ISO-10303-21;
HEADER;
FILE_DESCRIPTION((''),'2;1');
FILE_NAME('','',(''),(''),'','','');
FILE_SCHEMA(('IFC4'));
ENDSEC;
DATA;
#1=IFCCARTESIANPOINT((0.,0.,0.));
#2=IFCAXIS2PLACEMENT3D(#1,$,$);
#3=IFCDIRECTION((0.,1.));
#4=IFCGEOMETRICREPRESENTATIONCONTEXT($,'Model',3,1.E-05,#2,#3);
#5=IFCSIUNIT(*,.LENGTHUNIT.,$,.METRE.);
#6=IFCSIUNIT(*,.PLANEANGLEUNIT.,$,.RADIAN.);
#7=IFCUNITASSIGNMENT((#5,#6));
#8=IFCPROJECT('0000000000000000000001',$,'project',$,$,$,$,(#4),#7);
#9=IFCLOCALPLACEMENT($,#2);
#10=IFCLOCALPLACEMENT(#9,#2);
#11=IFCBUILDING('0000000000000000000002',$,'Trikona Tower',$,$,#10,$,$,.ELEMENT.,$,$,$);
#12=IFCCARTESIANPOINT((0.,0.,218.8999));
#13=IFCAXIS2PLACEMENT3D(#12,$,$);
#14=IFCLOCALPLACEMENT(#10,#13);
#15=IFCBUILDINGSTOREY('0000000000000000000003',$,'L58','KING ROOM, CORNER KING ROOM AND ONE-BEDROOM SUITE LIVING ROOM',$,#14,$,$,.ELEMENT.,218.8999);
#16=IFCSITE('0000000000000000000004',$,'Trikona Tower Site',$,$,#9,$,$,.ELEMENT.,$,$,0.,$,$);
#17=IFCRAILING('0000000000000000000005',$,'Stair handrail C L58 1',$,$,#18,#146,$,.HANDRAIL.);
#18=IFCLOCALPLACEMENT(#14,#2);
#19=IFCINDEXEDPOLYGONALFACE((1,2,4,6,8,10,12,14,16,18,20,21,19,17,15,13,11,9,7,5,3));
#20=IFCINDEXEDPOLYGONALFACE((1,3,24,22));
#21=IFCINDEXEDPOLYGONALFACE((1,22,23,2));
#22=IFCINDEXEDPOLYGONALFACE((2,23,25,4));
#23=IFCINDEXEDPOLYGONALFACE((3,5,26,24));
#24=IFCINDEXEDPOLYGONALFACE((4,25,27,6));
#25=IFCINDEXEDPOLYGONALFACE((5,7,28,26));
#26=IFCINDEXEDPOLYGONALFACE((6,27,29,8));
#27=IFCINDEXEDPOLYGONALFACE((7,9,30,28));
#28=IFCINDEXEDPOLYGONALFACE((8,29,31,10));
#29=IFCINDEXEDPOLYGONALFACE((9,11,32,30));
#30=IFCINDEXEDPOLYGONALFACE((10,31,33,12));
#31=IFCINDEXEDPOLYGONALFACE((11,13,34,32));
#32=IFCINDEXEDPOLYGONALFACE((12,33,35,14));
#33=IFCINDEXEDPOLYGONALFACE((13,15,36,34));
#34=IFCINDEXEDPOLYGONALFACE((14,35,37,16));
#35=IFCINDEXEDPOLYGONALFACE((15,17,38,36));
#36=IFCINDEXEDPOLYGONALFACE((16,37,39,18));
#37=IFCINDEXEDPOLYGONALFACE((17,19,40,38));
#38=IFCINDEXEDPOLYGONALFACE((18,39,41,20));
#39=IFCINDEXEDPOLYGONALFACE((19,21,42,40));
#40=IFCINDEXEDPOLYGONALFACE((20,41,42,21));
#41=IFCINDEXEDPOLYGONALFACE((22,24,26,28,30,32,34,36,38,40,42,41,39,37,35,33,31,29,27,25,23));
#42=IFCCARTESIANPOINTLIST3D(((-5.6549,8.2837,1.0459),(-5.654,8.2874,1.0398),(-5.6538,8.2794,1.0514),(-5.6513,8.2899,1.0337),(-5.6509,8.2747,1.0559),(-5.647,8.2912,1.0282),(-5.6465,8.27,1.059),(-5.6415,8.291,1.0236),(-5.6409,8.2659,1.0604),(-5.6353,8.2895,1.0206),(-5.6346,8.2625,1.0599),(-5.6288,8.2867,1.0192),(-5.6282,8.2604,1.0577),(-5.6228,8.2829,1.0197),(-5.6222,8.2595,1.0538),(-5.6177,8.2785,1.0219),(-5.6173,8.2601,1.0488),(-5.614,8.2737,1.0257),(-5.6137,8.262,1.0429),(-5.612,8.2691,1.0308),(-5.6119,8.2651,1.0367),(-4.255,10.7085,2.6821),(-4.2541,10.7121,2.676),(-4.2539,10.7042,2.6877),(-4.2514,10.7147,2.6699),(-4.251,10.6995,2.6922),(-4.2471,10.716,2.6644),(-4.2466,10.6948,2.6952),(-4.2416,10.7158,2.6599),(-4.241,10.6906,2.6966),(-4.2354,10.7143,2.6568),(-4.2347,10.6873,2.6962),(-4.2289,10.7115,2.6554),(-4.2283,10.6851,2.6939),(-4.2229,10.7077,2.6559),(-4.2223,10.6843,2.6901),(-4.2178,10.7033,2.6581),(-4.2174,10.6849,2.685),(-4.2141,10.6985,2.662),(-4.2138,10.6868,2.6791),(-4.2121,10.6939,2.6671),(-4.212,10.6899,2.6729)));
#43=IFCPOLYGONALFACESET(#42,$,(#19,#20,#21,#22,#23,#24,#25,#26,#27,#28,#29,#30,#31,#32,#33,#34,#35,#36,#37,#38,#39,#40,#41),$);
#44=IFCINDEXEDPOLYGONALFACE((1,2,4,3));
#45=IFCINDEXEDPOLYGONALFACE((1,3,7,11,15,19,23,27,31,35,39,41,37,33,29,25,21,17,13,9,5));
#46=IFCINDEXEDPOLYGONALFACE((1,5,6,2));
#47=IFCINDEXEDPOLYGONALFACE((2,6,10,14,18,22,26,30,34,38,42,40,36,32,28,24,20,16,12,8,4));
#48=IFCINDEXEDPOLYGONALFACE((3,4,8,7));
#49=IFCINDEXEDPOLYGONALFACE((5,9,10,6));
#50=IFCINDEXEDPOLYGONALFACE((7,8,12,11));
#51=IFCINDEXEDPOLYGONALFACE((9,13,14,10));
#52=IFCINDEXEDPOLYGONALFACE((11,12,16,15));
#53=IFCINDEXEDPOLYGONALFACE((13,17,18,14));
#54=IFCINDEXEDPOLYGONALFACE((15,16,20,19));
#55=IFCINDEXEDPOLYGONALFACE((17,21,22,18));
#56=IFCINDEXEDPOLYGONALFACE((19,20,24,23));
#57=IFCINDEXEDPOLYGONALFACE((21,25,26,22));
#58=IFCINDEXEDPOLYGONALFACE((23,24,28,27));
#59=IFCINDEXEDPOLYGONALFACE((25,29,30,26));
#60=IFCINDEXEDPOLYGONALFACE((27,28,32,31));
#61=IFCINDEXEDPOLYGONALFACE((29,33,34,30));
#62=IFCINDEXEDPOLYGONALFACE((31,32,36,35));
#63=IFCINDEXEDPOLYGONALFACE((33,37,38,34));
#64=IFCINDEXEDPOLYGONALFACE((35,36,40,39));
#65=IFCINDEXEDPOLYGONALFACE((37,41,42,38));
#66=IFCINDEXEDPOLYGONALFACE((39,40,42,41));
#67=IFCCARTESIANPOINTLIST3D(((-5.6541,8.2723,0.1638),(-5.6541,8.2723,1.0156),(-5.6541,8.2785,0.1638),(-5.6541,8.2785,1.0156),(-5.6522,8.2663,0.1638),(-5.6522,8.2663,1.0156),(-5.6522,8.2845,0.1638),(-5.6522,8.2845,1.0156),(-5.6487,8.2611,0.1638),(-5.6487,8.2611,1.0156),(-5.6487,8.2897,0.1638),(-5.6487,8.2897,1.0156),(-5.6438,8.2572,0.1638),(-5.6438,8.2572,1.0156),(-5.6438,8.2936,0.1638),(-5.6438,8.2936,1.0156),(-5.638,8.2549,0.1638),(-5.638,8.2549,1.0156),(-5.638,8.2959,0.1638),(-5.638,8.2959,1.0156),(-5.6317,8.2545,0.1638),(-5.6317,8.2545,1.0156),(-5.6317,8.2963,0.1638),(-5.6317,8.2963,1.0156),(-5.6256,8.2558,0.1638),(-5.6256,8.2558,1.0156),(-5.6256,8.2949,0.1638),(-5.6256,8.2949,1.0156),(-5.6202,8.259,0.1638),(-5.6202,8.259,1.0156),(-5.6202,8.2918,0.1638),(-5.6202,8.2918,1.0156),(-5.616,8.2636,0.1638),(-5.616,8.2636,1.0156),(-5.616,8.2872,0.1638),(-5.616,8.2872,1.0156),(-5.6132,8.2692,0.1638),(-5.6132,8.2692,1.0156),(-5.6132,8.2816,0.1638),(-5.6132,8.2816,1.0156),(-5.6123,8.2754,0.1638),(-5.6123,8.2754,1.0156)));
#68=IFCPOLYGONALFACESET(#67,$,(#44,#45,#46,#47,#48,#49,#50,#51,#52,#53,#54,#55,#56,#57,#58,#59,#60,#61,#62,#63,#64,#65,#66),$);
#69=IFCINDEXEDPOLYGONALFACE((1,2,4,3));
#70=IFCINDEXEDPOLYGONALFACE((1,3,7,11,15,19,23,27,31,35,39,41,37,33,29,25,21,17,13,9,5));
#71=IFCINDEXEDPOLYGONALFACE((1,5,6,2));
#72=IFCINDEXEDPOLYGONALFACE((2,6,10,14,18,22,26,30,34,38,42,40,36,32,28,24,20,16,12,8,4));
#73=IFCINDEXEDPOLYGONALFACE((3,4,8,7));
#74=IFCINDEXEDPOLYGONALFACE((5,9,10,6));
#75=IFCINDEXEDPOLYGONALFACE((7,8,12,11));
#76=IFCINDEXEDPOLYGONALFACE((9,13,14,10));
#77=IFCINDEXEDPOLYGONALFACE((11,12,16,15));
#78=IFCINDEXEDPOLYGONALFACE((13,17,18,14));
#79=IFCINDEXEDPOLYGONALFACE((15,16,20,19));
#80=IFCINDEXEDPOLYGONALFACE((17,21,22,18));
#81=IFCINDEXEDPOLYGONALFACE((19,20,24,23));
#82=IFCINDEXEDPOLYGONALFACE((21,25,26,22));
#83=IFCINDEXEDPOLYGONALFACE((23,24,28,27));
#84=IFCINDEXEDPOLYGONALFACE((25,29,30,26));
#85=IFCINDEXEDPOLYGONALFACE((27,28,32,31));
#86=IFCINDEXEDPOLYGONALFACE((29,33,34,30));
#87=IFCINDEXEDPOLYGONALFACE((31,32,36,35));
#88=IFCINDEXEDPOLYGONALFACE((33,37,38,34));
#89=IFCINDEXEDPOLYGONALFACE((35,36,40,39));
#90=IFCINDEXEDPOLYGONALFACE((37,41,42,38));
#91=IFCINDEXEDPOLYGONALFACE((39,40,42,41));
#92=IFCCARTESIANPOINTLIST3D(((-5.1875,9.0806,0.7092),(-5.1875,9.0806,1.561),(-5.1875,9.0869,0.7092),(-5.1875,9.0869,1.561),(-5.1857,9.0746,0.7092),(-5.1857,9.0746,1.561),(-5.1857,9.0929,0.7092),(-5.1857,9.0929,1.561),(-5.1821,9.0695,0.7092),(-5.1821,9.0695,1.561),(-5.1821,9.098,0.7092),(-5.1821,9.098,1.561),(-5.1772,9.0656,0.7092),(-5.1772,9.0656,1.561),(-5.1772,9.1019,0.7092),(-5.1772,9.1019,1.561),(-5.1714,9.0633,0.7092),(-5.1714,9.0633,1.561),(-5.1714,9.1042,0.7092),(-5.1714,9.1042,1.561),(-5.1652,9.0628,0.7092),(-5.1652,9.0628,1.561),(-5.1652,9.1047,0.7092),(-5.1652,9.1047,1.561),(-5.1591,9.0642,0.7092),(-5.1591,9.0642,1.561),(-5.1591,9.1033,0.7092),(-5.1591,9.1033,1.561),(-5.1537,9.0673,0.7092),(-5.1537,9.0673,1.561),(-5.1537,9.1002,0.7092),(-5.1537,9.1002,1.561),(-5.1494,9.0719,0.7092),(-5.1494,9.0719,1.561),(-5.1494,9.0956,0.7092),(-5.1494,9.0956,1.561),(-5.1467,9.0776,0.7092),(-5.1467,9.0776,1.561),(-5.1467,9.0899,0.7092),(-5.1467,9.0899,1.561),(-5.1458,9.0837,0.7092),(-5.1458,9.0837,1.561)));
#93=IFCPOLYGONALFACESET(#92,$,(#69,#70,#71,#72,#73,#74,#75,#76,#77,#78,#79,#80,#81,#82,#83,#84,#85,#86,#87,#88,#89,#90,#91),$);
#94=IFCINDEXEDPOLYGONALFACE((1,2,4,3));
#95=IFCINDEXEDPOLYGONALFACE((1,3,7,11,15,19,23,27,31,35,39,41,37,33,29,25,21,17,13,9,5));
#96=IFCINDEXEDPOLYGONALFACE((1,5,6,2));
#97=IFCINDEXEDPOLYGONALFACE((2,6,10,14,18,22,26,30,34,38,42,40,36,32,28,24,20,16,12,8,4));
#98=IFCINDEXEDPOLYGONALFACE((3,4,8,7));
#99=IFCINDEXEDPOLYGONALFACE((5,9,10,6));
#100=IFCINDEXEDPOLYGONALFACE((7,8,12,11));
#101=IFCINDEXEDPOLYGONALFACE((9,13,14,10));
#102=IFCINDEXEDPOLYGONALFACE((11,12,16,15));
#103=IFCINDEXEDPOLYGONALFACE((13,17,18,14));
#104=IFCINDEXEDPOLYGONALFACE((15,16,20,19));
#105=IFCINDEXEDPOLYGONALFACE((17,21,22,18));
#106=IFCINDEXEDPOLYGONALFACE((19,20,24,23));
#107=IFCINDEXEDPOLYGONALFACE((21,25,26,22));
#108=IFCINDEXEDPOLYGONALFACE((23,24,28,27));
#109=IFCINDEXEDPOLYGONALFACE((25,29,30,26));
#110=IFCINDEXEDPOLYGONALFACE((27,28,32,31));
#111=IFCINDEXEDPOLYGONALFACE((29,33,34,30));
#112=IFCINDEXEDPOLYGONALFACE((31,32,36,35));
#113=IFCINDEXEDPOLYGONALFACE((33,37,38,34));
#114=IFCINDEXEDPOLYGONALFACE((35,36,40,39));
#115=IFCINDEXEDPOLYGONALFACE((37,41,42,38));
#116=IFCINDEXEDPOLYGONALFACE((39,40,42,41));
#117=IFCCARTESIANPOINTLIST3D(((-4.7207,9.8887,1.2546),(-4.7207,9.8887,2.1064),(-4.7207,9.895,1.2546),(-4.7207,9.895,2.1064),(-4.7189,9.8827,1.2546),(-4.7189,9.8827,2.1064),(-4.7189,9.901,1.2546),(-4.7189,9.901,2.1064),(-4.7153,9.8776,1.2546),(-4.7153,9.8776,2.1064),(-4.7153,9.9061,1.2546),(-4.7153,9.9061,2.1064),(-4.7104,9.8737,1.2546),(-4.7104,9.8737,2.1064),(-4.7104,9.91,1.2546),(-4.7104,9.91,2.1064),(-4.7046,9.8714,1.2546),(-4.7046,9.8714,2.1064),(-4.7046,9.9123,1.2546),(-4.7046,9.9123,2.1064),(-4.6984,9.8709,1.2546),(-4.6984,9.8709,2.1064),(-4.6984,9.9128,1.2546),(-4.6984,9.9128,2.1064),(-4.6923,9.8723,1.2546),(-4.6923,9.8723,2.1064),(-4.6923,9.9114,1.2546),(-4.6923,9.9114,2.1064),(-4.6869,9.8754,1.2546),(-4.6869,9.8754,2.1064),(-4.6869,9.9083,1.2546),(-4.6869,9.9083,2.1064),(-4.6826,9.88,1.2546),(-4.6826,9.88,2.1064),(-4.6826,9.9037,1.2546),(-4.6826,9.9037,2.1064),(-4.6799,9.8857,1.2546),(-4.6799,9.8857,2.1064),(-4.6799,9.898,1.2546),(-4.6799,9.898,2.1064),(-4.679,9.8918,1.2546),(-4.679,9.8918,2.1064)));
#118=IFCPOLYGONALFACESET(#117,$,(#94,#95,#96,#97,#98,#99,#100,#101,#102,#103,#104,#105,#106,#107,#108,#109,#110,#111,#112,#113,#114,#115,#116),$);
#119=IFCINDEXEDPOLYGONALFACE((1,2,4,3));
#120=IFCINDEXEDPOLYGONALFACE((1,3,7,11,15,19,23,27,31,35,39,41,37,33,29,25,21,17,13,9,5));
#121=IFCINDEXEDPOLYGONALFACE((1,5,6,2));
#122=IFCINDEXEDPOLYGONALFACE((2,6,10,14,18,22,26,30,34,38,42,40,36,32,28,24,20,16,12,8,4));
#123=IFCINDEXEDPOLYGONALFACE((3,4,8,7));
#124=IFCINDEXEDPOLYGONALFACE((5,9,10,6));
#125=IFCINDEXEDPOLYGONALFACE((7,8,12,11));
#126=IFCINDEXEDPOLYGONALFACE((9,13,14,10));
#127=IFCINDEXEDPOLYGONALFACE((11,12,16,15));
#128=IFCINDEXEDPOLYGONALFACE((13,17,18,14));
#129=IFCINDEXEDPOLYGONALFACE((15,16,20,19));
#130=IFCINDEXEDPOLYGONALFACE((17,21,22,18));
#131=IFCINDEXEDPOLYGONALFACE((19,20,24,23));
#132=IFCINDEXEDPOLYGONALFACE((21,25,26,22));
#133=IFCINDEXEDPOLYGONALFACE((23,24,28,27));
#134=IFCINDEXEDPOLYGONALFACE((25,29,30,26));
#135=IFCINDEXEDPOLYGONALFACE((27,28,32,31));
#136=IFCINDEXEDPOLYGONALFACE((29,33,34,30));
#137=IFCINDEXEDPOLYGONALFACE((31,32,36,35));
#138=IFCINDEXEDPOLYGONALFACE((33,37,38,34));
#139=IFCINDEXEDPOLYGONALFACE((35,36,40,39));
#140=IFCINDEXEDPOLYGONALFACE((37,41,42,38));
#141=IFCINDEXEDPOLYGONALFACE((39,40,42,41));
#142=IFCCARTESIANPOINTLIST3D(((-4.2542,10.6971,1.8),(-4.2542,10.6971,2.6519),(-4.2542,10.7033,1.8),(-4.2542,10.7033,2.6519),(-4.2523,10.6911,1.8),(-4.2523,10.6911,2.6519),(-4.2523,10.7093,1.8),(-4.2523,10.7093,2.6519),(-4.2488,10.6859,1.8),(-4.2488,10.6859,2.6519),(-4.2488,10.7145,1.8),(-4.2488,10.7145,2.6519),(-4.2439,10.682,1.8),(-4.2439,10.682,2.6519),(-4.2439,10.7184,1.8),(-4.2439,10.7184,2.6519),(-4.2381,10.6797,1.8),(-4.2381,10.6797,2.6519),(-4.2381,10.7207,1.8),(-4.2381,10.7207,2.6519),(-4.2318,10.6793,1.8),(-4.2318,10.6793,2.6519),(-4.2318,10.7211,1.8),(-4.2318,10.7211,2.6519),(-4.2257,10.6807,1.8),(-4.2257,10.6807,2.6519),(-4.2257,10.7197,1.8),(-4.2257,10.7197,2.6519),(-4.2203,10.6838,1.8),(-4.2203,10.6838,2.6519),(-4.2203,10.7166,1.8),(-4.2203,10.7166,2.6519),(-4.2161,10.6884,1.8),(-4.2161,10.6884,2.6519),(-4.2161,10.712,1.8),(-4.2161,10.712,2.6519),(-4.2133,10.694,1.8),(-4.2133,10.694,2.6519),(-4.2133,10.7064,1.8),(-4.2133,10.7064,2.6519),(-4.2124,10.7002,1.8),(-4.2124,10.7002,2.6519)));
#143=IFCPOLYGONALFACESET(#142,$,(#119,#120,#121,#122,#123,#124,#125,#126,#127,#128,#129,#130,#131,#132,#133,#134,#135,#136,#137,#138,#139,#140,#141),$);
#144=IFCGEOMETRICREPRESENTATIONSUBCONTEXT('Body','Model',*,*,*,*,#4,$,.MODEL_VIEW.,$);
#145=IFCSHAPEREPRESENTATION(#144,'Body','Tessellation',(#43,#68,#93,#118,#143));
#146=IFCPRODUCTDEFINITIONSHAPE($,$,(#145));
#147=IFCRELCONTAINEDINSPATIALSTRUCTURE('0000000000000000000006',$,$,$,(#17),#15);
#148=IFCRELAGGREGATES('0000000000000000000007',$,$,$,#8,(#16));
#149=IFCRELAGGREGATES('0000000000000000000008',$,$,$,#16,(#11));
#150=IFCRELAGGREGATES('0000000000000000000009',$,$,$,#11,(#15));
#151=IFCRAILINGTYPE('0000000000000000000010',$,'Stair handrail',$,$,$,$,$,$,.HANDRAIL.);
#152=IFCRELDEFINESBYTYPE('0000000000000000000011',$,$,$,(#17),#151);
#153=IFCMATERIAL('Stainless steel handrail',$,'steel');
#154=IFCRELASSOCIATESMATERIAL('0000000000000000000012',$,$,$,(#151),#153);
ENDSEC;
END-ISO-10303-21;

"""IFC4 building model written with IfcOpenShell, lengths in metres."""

from ifc_helpers import new_model, si_unit, direction, frame, origin, origin_2d, place, context, subcontext, project, spatial, circle, extrude, material, type_object, element, save


model = new_model("IFC4")

# Units and contexts
model_context = context("Model", 3, precision=1e-05, world=origin(), true_north=direction((0.0, 1.0)))
body_context = subcontext(model_context, "Body", "Model", "MODEL_VIEW")
ifc_project = project(units=[si_unit("LENGTHUNIT", "METRE"), si_unit("PLANEANGLEUNIT", "RADIAN")], contexts=[model_context])

# Site, building, storey
site_placement = place(None, origin())
site = spatial("IfcSite", under=ifc_project, at=site_placement, Name="Trikona Tower Site", CompositionType="ELEMENT", RefElevation=0.0)
building_placement = place(site_placement, origin())
building = spatial("IfcBuilding", under=site, at=building_placement, Name="Trikona Tower", CompositionType="ELEMENT")
storey_placement = place(building_placement, frame((0.0, 0.0, 218.8999)))
storey = spatial("IfcBuildingStorey", under=building, at=storey_placement, Name="L58", Description="KING ROOM, CORNER KING ROOM AND ONE-BEDROOM SUITE LIVING ROOM", CompositionType="ELEMENT", Elevation=218.8999)

# Railing
ifc_material_1 = material(Name="Stainless steel handrail", Category="steel")
railing_type = type_object("IfcRailingType", Name="Stair handrail", PredefinedType="HANDRAIL", material=ifc_material_1)
railing_1_placement = place(storey_placement, frame((-5.6333, 8.2754, 0.1638)))
element("IfcRailing", 1, at=railing_1_placement, inside=storey, type_object=railing_type, Name="Stair handrail C L58 1", PredefinedType="HANDRAIL", context=body_context, shape_type="SweptSolid", body=[
    extrude(circle(Radius=0.0239, at=origin_2d()), frame((0.0, 0.0, 0.876), z_axis=(0.431677, 0.747718, 0.504552), x_axis=(-0.866035, 0.499984, 0.0)), (0.0, 0.0, 1.0), 3.2429),
    extrude(circle(Radius=0.021, at=origin_2d()), origin(), (0.0, 0.0, 1.0), 0.8518),
    extrude(circle(Radius=0.021, at=origin_2d()), frame((0.4666, 0.8083, 0.5454)), (0.0, 0.0, 1.0), 0.8518),
    extrude(circle(Radius=0.021, at=origin_2d()), frame((0.9333, 1.6165, 1.0908)), (0.0, 0.0, 1.0), 0.8518),
    extrude(circle(Radius=0.021, at=origin_2d()), frame((1.3999, 2.4248, 1.6362)), (0.0, 0.0, 1.0), 0.8518),
])

save(model, "model.ifc")
